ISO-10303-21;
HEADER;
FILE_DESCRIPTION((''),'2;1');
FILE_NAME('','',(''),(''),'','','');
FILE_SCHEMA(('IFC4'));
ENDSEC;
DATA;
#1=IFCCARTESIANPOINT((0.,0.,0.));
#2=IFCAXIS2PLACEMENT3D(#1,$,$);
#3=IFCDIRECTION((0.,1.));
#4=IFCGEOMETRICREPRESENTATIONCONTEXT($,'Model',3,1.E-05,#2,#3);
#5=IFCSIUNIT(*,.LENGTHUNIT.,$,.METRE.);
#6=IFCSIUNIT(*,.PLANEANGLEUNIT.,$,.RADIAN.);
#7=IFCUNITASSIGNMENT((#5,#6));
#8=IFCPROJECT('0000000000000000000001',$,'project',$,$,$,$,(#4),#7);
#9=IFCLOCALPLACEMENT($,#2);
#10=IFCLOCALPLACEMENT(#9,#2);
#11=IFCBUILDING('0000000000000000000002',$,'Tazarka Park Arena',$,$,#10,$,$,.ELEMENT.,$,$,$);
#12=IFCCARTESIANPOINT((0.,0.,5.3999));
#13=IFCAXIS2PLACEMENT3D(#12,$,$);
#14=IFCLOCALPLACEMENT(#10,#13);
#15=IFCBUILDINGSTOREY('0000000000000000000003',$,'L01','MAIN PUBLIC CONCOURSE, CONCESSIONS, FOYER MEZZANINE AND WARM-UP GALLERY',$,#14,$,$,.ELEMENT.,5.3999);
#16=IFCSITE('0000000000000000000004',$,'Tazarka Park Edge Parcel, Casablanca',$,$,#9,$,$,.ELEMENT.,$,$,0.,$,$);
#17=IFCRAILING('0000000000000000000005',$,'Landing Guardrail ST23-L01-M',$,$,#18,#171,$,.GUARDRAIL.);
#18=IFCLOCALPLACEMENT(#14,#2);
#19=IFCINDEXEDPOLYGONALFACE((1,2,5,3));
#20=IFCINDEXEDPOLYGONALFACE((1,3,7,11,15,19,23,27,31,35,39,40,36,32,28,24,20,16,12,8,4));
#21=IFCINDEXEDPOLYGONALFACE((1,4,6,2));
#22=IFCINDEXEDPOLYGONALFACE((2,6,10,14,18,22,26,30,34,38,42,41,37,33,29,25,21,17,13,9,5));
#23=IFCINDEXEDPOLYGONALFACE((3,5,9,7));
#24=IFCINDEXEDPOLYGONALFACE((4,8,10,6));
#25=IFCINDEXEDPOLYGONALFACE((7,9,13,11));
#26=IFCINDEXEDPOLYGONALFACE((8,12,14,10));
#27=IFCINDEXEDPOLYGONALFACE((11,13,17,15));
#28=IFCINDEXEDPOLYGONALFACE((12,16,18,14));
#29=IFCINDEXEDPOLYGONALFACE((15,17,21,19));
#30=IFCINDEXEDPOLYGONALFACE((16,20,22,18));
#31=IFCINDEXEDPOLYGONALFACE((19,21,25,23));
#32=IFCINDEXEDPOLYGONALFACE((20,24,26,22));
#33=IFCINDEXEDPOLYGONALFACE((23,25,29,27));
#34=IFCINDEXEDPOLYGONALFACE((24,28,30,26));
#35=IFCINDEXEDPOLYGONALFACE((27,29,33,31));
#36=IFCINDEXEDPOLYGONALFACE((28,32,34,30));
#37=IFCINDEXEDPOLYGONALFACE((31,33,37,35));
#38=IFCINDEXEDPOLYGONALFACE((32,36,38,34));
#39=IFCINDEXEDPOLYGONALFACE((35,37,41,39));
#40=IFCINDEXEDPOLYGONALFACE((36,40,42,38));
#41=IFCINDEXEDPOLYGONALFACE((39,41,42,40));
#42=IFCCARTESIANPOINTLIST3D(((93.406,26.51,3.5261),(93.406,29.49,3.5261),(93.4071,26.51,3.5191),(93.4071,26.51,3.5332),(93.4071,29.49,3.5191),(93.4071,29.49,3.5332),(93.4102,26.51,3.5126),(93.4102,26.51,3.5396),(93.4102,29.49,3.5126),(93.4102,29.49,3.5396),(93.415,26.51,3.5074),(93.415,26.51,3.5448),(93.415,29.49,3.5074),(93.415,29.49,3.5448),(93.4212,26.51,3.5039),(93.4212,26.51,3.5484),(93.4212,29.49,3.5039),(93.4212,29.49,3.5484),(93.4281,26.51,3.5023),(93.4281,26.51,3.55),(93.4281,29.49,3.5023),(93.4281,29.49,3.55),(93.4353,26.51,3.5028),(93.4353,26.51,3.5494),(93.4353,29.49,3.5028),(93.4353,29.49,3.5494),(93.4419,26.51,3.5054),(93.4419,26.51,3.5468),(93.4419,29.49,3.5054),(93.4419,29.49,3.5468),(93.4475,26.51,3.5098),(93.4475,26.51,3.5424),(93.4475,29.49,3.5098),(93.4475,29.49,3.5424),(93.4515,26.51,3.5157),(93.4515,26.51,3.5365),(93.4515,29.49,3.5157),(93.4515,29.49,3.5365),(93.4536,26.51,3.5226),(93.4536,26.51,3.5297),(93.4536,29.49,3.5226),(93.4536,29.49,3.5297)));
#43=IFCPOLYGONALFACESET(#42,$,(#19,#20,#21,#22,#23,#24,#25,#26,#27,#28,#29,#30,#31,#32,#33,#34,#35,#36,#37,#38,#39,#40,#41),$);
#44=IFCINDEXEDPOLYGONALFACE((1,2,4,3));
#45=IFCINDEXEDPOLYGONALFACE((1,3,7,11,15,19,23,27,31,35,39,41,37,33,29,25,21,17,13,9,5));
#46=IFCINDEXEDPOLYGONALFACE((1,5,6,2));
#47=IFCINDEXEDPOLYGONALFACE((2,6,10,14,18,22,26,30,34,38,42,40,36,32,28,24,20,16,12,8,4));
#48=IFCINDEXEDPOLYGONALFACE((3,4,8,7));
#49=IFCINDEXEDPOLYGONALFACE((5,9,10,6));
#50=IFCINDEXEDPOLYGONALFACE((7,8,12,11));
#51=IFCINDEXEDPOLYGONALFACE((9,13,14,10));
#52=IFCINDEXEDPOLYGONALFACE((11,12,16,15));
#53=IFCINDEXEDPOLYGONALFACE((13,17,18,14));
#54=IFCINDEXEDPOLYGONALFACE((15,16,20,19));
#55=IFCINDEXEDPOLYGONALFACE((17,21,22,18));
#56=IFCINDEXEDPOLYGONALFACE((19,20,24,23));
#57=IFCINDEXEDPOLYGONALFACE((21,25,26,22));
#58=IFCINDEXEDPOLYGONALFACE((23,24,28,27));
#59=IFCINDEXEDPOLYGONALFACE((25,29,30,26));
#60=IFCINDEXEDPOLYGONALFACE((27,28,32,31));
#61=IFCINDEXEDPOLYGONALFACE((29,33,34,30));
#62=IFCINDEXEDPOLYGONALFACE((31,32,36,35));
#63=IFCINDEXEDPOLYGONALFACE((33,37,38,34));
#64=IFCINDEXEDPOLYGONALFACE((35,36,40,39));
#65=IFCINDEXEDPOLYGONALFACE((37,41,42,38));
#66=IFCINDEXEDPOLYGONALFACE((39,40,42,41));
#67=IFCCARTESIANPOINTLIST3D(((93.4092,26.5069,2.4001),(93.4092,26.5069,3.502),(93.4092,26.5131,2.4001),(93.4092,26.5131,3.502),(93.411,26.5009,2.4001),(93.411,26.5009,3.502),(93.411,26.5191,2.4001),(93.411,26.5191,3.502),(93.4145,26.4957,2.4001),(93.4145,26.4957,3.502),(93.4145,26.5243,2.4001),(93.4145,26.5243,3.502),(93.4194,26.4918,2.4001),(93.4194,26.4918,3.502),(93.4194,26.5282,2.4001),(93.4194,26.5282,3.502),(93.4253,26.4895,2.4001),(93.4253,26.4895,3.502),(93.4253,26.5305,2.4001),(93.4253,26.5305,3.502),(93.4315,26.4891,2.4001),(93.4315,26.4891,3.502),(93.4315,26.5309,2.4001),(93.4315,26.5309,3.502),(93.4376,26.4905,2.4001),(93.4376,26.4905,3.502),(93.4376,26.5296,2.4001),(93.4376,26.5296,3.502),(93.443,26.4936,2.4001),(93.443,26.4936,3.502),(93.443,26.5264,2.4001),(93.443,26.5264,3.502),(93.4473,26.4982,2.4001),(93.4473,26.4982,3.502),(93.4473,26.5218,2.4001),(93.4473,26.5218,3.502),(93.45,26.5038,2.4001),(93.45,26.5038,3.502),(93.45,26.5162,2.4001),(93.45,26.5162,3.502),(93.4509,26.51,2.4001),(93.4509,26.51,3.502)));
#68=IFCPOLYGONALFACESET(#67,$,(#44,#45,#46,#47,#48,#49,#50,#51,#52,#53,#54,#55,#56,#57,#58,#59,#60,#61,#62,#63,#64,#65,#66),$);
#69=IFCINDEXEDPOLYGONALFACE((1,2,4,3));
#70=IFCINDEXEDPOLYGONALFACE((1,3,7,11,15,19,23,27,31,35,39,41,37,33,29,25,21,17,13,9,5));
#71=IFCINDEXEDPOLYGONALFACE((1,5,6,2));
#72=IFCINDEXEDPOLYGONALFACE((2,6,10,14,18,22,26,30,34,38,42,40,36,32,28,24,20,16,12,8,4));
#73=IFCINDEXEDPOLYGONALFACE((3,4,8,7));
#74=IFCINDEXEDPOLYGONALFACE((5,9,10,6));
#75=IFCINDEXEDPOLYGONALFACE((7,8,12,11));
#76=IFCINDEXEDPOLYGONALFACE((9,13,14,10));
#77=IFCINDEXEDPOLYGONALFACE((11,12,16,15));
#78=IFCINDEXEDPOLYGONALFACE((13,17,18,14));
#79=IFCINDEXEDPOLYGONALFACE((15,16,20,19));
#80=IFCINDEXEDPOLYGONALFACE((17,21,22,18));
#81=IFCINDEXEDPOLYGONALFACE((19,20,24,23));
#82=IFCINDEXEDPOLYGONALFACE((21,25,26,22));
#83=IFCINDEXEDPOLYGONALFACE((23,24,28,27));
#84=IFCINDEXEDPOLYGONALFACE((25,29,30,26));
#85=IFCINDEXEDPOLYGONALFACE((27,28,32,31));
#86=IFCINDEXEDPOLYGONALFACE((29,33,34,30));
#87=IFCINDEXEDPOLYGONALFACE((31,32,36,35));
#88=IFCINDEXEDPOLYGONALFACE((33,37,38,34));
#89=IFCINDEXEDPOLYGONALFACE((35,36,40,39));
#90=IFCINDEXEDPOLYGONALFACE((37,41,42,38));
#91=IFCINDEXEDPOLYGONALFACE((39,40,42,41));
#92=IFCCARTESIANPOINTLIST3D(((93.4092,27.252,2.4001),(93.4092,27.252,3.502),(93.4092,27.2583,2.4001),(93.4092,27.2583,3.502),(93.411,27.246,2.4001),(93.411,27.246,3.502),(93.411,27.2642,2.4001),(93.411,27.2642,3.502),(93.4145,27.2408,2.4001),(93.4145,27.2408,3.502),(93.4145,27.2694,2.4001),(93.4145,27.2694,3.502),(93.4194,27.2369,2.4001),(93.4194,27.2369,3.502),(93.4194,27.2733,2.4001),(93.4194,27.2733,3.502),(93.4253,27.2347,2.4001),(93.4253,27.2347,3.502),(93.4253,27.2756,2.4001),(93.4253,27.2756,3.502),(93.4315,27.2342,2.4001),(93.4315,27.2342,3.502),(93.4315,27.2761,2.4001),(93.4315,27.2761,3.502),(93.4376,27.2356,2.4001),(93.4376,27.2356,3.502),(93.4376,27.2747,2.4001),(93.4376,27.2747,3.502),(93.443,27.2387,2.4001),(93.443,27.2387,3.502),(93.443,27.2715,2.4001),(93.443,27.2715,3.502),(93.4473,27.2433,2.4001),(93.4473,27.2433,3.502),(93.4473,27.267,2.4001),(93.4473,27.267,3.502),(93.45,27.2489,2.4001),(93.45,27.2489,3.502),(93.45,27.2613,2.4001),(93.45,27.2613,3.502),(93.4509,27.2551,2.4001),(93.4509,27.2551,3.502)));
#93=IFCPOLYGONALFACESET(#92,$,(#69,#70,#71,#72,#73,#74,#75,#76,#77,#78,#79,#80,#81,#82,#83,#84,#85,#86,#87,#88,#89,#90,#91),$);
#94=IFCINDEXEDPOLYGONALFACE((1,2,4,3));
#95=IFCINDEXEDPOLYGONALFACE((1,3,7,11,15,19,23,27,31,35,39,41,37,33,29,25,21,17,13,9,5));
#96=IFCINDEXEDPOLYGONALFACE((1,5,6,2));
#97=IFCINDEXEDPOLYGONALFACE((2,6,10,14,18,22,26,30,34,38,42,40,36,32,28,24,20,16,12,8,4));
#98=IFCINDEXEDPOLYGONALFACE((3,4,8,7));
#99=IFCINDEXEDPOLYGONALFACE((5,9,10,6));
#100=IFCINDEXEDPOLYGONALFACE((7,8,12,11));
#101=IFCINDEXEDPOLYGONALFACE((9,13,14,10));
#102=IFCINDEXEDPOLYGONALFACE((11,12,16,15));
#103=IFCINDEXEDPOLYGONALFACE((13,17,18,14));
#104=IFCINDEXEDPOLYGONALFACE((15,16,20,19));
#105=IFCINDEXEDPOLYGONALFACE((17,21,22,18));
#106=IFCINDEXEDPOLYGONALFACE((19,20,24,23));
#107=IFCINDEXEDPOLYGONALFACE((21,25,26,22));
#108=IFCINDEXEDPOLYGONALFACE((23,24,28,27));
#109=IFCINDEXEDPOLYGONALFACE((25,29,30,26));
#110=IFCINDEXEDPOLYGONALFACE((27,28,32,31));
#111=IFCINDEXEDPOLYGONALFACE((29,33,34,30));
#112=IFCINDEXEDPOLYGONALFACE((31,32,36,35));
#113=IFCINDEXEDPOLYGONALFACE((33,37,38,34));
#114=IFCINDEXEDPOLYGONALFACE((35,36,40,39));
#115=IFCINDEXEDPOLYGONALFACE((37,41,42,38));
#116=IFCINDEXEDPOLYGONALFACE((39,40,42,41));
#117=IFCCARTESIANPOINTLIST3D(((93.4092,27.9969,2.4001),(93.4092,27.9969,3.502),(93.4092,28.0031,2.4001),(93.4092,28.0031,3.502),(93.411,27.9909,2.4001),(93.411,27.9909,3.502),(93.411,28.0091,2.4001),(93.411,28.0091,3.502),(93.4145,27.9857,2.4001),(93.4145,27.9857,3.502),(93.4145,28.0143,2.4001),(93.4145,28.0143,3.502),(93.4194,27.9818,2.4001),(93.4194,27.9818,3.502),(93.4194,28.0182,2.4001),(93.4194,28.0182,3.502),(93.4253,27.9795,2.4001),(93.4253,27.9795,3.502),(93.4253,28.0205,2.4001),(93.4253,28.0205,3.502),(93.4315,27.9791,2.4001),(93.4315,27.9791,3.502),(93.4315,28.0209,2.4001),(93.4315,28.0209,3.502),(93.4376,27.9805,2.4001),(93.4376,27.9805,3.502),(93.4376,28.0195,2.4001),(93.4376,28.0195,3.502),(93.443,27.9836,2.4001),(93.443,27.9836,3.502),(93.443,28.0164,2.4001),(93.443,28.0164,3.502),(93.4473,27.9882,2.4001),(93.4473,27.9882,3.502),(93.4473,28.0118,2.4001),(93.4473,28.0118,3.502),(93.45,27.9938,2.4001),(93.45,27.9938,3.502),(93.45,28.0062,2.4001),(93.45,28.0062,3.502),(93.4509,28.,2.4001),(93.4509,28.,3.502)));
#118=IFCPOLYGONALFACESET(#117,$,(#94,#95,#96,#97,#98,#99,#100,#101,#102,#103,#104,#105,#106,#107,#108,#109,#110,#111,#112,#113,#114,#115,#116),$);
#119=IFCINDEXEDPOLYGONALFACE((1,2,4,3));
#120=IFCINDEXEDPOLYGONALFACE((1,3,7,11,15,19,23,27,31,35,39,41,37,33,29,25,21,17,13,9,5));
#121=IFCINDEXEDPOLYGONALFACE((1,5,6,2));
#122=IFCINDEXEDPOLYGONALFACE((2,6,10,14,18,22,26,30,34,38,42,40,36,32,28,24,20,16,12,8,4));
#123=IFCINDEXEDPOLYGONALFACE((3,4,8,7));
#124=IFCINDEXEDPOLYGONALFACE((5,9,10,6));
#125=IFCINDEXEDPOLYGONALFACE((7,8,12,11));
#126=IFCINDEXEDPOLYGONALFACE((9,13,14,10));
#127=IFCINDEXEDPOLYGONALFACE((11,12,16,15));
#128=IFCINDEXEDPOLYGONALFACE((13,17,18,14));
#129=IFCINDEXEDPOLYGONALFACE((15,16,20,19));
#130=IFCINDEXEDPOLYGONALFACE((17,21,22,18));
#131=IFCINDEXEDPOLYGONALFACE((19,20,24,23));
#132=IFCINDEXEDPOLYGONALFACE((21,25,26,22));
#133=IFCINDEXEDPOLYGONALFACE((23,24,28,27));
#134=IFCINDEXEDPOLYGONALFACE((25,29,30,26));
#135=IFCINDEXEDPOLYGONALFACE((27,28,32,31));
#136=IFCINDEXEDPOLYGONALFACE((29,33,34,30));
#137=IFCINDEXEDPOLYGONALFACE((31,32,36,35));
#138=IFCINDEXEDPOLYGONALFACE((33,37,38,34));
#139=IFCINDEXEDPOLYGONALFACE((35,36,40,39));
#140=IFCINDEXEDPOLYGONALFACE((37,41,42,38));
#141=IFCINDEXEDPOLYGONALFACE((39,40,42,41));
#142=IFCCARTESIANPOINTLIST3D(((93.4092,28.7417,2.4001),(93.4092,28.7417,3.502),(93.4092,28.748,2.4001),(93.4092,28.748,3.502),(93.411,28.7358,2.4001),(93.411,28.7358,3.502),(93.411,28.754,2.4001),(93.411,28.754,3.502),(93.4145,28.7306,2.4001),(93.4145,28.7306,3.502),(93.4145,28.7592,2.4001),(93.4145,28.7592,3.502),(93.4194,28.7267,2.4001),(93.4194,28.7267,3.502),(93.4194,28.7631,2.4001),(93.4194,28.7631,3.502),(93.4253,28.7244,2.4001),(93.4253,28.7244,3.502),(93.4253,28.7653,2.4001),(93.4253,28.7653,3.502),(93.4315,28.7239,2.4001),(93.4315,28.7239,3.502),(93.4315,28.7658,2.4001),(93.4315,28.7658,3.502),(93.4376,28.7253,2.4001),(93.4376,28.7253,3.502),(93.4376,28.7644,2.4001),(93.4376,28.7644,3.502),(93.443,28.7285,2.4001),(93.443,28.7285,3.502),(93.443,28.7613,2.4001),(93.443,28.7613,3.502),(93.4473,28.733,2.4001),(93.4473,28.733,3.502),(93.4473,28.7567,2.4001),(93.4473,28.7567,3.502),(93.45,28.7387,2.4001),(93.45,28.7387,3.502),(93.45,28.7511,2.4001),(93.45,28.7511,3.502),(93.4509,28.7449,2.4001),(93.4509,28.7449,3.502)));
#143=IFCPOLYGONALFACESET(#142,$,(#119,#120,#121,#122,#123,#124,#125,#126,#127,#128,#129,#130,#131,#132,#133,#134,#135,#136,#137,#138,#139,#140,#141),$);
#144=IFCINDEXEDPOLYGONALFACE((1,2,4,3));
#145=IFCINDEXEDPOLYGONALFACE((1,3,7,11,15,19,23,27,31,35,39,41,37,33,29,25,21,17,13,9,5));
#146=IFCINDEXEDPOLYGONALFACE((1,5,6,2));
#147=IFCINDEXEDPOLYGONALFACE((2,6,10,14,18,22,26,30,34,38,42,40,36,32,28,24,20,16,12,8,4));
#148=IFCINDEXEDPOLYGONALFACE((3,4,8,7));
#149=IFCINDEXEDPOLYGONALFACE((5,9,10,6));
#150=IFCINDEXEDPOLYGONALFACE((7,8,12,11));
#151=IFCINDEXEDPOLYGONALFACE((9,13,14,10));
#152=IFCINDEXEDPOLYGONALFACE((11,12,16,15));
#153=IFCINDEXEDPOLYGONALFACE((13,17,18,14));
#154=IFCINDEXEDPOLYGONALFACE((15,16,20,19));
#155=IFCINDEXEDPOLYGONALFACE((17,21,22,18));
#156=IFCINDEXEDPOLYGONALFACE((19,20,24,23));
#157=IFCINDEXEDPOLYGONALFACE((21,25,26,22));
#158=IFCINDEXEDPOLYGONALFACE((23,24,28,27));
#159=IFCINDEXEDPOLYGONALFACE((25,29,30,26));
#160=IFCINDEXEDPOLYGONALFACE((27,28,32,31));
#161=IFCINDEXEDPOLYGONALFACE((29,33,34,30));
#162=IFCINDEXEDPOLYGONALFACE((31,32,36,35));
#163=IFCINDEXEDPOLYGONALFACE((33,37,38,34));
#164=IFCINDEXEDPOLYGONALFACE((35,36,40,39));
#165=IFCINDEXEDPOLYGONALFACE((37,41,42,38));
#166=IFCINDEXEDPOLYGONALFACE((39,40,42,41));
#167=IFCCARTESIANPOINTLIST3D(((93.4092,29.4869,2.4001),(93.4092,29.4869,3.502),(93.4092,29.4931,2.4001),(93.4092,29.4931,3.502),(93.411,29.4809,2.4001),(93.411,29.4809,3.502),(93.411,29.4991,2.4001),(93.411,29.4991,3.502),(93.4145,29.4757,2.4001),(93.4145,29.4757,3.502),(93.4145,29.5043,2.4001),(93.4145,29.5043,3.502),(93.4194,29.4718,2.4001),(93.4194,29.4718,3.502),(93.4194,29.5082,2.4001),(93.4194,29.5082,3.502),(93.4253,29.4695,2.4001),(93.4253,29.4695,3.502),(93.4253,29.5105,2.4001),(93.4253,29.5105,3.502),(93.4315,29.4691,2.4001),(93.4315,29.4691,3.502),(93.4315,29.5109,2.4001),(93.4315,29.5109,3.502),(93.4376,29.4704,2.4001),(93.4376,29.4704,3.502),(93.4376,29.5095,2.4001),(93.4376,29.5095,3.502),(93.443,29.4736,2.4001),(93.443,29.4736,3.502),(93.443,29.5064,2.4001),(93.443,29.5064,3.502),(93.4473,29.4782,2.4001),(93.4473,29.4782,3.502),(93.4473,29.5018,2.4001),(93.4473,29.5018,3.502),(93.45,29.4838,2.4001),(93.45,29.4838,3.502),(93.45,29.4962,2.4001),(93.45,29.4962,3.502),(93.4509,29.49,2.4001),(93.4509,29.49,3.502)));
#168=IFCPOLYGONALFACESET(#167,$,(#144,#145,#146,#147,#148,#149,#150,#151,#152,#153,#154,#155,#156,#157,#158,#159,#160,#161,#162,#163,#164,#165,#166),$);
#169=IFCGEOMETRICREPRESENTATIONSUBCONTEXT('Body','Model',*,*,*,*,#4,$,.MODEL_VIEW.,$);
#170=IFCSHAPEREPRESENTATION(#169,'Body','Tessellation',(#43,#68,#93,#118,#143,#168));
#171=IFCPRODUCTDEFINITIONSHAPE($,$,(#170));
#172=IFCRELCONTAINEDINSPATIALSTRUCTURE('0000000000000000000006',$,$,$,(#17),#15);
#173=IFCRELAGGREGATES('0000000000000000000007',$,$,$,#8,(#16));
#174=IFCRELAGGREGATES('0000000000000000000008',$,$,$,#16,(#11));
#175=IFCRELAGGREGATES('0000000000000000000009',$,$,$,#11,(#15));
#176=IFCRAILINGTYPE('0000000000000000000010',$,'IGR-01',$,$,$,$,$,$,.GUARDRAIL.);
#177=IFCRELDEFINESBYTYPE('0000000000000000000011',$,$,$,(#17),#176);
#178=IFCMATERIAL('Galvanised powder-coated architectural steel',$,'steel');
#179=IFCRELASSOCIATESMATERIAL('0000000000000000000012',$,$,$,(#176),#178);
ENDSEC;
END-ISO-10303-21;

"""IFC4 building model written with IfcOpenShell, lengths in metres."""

from ifc_helpers import new_model, si_unit, direction, frame, origin, origin_2d, place, context, subcontext, project, spatial, circle, extrude, material, type_object, element, save


model = new_model("IFC4")

# Units and contexts
model_context = context("Model", 3, precision=1e-05, world=origin(), true_north=direction((0.0, 1.0)))
body_context = subcontext(model_context, "Body", "Model", "MODEL_VIEW")
ifc_project = project(units=[si_unit("LENGTHUNIT", "METRE"), si_unit("PLANEANGLEUNIT", "RADIAN")], contexts=[model_context])

# Site, building, storey
site_placement = place(None, origin())
site = spatial("IfcSite", under=ifc_project, at=site_placement, Name="Tazarka Park Edge Parcel, Casablanca", CompositionType="ELEMENT", RefElevation=0.0)
building_placement = place(site_placement, origin())
building = spatial("IfcBuilding", under=site, at=building_placement, Name="Tazarka Park Arena", CompositionType="ELEMENT")
storey_placement = place(building_placement, frame((0.0, 0.0, 5.3999)))
storey = spatial("IfcBuildingStorey", under=building, at=storey_placement, Name="L01", Description="MAIN PUBLIC CONCOURSE, CONCESSIONS, FOYER MEZZANINE AND WARM-UP GALLERY", CompositionType="ELEMENT", Elevation=5.3999)

# Railing
ifc_material_1 = material(Name="Galvanised powder-coated architectural steel", Category="steel")
railing_type_1 = type_object("IfcRailingType", Name="IGR-01", PredefinedType="GUARDRAIL", material=ifc_material_1)
for number, where, name in (
    (1, (93.4299, 26.51, 2.4001), "Landing Guardrail ST23-L01-M"),
):
    element("IfcRailing", number, at=place(storey_placement, frame(where)), inside=storey, type_object=railing_type_1, Name=name, PredefinedType="GUARDRAIL", context=body_context, shape_type="SweptSolid", body=[
        extrude(circle(Radius=0.0239, at=origin_2d()), frame((0.0, 0.0, 1.126), z_axis=(0.0, 1.0, 0.0), x_axis=(-1.0, 0.0, 0.0)), (0.0, 0.0, 1.0), 2.98),
        extrude(circle(Radius=0.021, at=origin_2d()), origin(), (0.0, 0.0, 1.0), 1.1018),
        extrude(circle(Radius=0.021, at=origin_2d()), frame((0.0, 0.7451, 0.0)), (0.0, 0.0, 1.0), 1.1018),
        extrude(circle(Radius=0.021, at=origin_2d()), frame((0.0, 1.49, 0.0)), (0.0, 0.0, 1.0), 1.1018),
        extrude(circle(Radius=0.021, at=origin_2d()), frame((0.0, 2.2349, 0.0)), (0.0, 0.0, 1.0), 1.1018),
        extrude(circle(Radius=0.021, at=origin_2d()), frame((0.0, 2.98, 0.0)), (0.0, 0.0, 1.0), 1.1018),
    ])

save(model, "model.ifc")
